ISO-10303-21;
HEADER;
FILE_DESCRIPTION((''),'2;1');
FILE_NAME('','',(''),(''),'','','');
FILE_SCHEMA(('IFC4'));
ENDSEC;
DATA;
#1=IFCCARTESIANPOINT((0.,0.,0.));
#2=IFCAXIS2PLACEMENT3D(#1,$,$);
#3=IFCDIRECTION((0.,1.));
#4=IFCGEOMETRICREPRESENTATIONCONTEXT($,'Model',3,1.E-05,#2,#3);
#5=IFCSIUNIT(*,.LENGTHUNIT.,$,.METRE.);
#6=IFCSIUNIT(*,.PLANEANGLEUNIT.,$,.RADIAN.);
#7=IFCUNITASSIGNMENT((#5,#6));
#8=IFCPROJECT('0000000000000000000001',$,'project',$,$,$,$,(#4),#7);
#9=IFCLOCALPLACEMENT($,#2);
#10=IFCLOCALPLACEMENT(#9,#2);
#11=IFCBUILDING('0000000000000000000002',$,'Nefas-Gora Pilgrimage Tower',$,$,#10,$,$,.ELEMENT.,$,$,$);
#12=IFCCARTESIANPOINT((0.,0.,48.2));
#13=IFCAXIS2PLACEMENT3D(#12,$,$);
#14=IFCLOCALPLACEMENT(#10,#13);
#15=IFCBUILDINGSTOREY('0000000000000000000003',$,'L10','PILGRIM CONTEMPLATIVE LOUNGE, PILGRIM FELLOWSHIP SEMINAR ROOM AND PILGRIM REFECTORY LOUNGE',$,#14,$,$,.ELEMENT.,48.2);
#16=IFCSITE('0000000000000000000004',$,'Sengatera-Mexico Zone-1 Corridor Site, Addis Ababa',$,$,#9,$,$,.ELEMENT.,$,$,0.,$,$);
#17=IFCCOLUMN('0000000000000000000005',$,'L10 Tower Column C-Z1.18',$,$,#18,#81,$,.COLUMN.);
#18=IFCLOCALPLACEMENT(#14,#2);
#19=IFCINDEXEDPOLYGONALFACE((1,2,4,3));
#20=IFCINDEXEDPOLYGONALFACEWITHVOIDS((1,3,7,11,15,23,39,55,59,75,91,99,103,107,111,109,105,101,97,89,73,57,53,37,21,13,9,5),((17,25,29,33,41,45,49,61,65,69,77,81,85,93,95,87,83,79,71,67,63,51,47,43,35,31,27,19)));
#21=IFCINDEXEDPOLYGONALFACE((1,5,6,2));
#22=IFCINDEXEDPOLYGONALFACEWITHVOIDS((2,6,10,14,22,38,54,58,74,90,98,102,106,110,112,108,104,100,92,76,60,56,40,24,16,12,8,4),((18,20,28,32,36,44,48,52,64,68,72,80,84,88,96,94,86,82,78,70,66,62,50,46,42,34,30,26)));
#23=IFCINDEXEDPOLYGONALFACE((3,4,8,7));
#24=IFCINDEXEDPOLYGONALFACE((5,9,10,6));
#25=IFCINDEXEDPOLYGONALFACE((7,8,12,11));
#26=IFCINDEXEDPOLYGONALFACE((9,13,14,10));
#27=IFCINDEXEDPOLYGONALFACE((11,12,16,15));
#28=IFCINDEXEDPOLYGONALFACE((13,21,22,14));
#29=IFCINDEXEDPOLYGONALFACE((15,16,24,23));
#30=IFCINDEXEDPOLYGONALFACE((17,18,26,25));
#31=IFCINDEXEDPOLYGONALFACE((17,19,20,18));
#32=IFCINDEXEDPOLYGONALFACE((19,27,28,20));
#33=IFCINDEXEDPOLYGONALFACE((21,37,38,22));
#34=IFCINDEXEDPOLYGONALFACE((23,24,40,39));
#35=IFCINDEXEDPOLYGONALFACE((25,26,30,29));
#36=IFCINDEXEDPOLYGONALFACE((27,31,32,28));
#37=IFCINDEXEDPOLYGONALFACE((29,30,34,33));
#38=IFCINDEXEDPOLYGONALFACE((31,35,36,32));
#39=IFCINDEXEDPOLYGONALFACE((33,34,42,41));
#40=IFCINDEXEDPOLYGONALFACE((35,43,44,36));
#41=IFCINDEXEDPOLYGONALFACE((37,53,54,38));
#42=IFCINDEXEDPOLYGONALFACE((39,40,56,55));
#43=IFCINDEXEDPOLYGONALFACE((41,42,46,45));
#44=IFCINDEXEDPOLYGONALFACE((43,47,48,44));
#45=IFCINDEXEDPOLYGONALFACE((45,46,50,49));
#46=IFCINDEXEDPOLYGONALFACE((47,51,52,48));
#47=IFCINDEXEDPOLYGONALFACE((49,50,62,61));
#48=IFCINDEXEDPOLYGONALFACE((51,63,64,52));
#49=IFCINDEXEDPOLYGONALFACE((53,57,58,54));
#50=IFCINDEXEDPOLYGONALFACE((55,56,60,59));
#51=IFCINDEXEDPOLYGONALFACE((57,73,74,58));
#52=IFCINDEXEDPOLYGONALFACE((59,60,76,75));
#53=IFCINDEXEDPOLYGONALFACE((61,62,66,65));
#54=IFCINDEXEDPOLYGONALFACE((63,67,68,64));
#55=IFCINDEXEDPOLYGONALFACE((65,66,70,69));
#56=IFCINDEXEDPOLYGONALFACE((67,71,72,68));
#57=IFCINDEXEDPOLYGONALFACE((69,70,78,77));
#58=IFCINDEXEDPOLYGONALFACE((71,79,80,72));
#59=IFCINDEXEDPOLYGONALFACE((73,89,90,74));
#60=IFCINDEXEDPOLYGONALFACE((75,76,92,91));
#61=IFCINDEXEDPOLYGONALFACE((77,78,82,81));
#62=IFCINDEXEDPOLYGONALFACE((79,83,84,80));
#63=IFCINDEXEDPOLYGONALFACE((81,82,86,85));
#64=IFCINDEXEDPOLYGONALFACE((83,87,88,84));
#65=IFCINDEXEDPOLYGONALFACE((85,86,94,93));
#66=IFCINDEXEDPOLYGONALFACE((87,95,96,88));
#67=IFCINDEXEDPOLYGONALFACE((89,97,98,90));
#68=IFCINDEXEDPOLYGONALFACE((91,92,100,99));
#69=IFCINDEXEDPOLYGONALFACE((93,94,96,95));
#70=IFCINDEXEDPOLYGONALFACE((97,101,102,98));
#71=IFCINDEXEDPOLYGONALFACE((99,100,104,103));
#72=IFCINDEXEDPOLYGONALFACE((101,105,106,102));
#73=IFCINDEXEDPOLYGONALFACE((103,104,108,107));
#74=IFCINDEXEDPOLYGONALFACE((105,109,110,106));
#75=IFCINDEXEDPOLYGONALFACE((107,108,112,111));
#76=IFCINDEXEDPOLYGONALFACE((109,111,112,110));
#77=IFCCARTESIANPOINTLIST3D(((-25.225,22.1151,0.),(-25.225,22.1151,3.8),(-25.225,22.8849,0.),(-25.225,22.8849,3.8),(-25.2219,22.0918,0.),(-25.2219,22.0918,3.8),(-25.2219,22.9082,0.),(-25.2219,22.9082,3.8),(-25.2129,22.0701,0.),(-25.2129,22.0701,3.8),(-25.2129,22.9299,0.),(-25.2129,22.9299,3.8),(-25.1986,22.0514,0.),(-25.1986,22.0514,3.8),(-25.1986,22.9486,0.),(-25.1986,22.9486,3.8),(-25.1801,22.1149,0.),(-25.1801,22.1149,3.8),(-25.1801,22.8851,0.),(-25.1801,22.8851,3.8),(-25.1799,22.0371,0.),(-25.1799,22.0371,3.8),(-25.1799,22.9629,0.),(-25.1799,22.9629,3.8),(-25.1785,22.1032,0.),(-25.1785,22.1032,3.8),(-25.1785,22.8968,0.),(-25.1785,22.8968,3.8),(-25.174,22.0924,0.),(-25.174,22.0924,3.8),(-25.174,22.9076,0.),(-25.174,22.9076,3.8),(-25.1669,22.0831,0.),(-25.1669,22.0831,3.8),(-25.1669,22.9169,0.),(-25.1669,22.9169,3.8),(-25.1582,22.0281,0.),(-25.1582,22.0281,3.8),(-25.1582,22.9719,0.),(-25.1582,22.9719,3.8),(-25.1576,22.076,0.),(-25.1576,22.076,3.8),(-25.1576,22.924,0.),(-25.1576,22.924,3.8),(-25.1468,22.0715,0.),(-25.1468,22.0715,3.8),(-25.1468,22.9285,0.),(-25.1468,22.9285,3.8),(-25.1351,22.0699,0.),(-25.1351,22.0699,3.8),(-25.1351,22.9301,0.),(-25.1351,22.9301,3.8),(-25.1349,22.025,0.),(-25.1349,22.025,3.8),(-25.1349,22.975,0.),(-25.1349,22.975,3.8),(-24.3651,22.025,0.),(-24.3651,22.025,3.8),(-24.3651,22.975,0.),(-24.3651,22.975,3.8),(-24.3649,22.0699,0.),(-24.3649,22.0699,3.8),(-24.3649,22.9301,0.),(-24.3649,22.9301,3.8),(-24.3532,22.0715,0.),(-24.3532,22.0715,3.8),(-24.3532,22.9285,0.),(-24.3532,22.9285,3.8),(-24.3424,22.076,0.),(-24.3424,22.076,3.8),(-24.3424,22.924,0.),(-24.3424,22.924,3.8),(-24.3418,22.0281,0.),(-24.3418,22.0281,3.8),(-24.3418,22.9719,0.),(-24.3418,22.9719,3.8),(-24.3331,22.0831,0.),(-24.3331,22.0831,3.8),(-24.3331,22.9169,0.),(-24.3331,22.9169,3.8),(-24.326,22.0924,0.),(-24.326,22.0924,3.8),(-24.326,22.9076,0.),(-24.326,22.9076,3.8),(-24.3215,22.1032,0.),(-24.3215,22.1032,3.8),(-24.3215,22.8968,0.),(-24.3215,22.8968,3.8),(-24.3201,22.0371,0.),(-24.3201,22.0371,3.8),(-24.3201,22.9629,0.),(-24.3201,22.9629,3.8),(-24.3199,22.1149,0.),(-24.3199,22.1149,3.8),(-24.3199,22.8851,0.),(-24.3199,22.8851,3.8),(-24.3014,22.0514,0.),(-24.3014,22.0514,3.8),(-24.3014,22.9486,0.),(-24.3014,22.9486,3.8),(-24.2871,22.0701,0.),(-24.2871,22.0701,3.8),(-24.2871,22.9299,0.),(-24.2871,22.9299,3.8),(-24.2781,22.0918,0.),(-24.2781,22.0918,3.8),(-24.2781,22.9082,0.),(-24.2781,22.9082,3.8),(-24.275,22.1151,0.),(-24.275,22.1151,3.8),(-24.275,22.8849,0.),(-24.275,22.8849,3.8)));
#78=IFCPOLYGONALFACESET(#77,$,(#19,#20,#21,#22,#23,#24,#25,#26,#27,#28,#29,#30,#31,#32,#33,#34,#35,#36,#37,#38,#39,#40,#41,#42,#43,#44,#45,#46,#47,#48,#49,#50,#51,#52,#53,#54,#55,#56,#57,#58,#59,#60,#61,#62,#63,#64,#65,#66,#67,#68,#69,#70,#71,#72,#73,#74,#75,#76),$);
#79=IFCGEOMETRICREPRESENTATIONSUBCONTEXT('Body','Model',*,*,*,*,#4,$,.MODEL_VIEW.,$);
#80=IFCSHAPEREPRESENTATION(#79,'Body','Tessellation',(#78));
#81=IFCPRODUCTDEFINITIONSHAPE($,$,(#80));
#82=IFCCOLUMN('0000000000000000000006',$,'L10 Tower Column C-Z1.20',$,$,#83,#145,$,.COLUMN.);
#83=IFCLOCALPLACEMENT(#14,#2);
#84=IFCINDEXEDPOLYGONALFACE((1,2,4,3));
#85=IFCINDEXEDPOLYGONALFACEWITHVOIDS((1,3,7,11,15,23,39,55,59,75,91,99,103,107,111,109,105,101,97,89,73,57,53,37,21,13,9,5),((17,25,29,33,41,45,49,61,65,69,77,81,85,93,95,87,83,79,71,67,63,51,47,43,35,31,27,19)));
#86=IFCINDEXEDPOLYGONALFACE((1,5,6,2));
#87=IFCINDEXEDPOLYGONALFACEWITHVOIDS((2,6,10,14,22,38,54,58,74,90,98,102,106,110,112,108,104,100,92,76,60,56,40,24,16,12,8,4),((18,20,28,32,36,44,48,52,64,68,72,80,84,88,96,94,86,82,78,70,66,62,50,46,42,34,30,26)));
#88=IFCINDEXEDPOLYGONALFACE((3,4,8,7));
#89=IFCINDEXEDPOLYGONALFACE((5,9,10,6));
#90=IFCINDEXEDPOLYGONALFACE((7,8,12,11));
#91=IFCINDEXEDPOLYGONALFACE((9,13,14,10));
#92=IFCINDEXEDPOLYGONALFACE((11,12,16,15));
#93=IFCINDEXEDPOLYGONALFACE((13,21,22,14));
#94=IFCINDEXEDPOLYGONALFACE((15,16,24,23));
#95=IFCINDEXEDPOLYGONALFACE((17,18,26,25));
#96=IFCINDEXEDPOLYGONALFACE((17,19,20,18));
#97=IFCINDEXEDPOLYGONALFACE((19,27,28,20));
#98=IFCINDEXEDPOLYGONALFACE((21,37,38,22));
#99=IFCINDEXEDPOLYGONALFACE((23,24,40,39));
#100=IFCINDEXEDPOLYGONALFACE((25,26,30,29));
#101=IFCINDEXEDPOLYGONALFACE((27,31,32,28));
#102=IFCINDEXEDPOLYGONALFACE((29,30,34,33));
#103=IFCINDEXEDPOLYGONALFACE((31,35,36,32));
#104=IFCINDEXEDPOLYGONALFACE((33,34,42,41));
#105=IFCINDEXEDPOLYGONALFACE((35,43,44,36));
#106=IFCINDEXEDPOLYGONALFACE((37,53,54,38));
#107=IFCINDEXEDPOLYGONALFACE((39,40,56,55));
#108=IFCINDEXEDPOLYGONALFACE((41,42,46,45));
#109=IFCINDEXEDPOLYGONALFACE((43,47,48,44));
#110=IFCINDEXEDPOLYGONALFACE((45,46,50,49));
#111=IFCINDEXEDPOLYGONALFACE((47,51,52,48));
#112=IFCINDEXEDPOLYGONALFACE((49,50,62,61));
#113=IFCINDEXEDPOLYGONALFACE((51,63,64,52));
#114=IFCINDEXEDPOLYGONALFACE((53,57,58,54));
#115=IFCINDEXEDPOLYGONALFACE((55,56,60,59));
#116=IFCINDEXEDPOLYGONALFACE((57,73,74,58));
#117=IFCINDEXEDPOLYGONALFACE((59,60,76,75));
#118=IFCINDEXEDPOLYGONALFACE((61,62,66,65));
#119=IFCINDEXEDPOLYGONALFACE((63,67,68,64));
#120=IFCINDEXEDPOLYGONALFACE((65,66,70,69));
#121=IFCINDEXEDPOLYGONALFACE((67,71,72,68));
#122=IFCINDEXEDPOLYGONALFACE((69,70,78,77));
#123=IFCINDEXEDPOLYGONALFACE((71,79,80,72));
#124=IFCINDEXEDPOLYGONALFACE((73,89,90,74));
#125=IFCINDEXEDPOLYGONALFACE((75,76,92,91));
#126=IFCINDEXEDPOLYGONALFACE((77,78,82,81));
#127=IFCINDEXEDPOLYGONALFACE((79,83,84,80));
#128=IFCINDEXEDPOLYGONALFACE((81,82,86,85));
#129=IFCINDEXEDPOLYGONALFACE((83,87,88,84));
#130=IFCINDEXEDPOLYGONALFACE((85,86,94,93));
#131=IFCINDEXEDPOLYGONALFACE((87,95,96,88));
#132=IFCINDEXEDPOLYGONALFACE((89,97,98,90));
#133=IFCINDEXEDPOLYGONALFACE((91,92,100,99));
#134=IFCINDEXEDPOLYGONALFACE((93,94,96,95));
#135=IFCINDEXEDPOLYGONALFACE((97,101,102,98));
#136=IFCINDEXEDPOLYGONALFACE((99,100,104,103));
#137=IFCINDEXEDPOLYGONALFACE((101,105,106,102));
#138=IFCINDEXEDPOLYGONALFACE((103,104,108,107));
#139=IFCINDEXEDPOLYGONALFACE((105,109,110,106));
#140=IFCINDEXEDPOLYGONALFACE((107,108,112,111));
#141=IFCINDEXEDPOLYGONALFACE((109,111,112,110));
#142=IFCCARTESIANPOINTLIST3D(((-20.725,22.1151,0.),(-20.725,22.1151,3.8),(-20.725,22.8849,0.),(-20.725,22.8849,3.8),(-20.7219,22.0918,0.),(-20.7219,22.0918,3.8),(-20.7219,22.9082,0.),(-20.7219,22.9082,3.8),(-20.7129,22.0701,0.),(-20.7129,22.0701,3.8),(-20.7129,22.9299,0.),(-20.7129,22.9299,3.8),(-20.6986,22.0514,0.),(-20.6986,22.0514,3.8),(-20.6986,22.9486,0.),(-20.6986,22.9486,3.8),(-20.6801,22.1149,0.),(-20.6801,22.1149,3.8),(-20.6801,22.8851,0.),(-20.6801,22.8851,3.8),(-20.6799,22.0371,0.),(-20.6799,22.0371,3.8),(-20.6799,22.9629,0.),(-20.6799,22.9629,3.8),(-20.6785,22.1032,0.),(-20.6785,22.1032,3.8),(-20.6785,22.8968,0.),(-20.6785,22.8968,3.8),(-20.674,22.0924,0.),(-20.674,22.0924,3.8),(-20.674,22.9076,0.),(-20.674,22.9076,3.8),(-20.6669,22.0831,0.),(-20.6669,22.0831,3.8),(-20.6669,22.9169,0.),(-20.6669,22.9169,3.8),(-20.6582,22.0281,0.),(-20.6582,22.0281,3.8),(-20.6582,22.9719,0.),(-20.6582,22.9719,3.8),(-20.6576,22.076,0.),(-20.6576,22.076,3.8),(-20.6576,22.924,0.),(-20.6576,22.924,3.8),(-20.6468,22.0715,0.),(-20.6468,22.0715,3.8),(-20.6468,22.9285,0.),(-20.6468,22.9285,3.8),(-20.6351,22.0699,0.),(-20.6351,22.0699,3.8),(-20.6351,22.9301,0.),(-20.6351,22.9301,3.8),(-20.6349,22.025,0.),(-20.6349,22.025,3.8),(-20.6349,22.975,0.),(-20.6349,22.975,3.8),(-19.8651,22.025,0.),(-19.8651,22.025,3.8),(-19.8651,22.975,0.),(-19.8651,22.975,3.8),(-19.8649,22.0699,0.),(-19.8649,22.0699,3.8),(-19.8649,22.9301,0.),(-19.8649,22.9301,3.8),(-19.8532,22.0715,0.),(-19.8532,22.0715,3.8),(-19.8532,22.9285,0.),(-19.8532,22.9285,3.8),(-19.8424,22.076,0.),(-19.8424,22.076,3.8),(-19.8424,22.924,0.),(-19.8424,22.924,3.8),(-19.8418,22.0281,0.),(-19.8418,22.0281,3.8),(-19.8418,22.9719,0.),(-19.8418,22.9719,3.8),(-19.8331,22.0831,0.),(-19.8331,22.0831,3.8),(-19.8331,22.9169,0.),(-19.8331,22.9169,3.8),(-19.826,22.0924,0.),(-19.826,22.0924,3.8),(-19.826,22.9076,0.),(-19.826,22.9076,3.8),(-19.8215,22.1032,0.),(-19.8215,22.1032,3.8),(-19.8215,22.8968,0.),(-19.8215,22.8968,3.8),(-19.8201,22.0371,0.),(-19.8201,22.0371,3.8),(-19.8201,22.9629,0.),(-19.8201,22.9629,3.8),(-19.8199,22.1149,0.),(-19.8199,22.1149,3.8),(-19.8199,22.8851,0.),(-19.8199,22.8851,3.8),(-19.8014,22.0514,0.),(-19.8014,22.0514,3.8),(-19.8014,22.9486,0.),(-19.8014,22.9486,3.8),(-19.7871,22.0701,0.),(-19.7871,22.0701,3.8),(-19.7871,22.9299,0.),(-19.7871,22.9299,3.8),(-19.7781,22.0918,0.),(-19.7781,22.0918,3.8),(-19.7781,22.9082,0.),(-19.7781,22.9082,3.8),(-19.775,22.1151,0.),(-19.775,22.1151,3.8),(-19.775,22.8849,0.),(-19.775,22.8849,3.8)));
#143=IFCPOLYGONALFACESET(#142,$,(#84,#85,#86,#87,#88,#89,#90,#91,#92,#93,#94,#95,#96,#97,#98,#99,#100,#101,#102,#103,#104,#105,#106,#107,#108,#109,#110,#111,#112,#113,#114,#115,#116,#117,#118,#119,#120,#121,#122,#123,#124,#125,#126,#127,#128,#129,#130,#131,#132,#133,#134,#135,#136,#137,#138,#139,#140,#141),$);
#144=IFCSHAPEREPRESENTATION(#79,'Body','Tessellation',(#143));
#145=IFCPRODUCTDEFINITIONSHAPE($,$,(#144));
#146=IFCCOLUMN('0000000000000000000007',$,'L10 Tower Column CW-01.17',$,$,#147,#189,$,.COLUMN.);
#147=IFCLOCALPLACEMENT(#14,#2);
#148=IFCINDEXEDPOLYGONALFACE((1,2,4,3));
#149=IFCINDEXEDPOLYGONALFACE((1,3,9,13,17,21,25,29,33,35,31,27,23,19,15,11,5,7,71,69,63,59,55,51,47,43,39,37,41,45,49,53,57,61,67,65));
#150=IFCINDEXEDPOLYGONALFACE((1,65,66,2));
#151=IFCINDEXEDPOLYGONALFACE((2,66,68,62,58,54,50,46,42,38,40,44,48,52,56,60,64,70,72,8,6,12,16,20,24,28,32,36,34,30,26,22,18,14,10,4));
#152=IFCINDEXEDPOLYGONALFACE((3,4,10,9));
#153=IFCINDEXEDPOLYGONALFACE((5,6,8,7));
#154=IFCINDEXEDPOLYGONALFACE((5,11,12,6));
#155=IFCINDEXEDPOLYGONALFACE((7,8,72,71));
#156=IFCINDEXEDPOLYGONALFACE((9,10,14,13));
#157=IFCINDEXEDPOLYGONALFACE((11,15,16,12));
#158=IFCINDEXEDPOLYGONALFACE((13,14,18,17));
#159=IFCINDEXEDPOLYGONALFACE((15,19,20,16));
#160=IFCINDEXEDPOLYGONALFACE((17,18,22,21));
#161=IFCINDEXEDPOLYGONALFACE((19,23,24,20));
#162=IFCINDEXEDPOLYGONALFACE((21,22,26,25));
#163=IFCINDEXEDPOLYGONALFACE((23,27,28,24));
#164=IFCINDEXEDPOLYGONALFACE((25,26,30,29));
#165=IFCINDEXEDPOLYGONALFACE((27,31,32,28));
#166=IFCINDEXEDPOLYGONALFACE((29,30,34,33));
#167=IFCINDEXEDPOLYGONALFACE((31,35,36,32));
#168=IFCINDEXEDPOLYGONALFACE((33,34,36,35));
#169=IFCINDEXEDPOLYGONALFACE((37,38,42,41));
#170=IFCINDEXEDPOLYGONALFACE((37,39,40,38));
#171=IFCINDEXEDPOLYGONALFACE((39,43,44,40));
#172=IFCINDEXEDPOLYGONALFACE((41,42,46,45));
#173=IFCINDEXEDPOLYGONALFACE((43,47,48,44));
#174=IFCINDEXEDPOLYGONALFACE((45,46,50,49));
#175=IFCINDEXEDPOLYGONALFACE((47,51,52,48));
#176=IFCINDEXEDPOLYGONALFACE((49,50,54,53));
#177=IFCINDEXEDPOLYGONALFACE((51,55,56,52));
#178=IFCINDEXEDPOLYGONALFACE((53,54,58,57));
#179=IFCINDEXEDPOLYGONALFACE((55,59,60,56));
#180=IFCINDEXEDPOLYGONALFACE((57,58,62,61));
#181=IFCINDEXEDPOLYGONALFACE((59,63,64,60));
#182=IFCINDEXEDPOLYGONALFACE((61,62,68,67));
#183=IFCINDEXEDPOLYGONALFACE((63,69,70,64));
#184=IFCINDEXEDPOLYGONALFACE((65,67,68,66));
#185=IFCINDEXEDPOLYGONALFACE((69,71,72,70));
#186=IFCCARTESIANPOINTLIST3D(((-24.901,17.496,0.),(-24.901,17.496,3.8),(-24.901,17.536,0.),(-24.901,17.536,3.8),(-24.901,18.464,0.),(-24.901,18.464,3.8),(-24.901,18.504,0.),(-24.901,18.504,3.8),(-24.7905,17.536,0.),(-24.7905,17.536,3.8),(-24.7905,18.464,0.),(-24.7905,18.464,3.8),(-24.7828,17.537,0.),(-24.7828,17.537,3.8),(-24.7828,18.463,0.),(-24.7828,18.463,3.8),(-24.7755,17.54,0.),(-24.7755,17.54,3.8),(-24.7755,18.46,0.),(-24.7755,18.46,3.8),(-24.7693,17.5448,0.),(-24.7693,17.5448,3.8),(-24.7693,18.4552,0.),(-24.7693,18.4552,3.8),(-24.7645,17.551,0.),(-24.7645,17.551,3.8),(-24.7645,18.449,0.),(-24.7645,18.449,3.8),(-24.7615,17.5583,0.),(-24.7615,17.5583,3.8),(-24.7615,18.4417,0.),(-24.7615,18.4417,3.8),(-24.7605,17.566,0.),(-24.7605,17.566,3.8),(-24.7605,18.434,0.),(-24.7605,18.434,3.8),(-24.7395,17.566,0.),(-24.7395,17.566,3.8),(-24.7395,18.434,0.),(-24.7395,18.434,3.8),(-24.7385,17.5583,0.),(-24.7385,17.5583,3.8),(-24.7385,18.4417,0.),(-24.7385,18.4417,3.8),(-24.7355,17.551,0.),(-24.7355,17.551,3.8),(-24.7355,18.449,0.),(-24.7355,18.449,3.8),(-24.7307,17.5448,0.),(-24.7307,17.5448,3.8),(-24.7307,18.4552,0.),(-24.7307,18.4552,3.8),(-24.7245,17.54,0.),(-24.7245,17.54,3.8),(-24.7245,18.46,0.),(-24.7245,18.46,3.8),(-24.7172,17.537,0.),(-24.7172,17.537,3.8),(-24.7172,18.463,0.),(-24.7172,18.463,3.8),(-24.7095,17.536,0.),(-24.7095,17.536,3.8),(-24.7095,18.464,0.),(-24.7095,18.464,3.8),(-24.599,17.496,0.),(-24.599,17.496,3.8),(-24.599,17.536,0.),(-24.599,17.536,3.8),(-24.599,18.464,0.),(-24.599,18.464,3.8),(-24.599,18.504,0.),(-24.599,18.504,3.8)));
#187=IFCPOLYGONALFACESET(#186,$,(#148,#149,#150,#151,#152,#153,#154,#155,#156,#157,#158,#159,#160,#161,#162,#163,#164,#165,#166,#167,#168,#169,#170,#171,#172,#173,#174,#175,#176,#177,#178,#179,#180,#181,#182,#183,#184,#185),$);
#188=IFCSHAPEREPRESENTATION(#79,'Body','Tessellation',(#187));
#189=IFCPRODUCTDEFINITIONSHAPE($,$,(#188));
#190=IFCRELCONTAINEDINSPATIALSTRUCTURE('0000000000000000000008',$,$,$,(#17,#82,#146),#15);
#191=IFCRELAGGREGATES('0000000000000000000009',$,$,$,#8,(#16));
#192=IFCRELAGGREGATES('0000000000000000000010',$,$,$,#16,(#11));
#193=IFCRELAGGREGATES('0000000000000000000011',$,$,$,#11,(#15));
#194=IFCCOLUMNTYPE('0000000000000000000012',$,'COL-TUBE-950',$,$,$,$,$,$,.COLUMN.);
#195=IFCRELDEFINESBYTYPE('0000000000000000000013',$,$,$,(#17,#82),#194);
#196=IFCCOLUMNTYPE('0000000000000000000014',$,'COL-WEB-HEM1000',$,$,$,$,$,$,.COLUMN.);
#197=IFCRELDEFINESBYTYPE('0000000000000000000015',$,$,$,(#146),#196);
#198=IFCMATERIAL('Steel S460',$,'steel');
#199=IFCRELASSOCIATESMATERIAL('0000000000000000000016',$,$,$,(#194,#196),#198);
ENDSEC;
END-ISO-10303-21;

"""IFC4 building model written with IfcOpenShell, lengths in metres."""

from ifc_helpers import new_model, si_unit, direction, frame, origin, origin_2d, place, context, subcontext, project, spatial, hollow_rectangle, i_section, extrude, source, transform, mapped, material, material_profile, profile_set, type_object, element, save


model = new_model("IFC4")

# Units and contexts
model_context = context("Model", 3, precision=1e-05, world=origin(), true_north=direction((0.0, 1.0)))
body_context = subcontext(model_context, "Body", "Model", "MODEL_VIEW")
ifc_project = project(units=[si_unit("LENGTHUNIT", "METRE"), si_unit("PLANEANGLEUNIT", "RADIAN")], contexts=[model_context])

# Site, building, storey
site_placement = place(None, origin())
site = spatial("IfcSite", under=ifc_project, at=site_placement, Name="Sengatera-Mexico Zone-1 Corridor Site, Addis Ababa", CompositionType="ELEMENT", RefElevation=0.0)
building_placement = place(site_placement, origin())
building = spatial("IfcBuilding", under=site, at=building_placement, Name="Nefas-Gora Pilgrimage Tower", CompositionType="ELEMENT")
storey_placement = place(building_placement, frame((0.0, 0.0, 48.2)))
storey = spatial("IfcBuildingStorey", under=building, at=storey_placement, Name="L10", Description="PILGRIM CONTEMPLATIVE LOUNGE, PILGRIM FELLOWSHIP SEMINAR ROOM AND PILGRIM REFECTORY LOUNGE", CompositionType="ELEMENT", Elevation=48.2)

# Columns
ifc_material_1 = material(Name="Steel S460", Category="steel")
ifc_material_profile_1 = material_profile(ifc_material_1, hollow_rectangle(XDim=0.95, YDim=0.95, WallThickness=0.0449, InnerFilletRadius=0.0449, OuterFilletRadius=0.0901, at=origin_2d()), Name="BOX 950x950x45")
ifc_profile_set_1 = profile_set([ifc_material_profile_1], Name="Steel S460")
column_type_1 = type_object("IfcColumnType", Name="COL-TUBE-950", PredefinedType="COLUMN", material=ifc_profile_set_1)
shared_shape_1 = source(origin(), body_context, "Body", "SweptSolid", [
    extrude(hollow_rectangle(XDim=0.95, YDim=0.95, WallThickness=0.0449, InnerFilletRadius=0.0449, OuterFilletRadius=0.0901, at=origin_2d()), origin(), (0.0, 0.0, 1.0), 3.8),
])
for number, where, z_axis, x_axis, name in (
    (1, (-24.75, 22.5, 0.0), (0.0, 0.0, 1.0), (1.0, 0.0, 0.0), "L10 Tower Column C-Z1.18"),
    (2, (-20.25, 22.5, 0.0), (0.0, 0.0, 1.0), (1.0, 0.0, 0.0), "L10 Tower Column C-Z1.20"),
):
    element("IfcColumn", number, at=place(storey_placement, frame(where, z_axis=z_axis, x_axis=x_axis)), inside=storey, type_object=column_type_1, Name=name, PredefinedType="COLUMN", context=body_context, shape_type="MappedRepresentation", body=[
        mapped(shared_shape_1, transform((0.0, 0.0, 0.0), x_axis=(1.0, 0.0, 0.0), y_axis=(0.0, 1.0, 0.0), z_axis=(0.0, 0.0, 1.0), scale=1.0)),
    ])
ifc_material_profile_2 = material_profile(ifc_material_1, i_section(OverallWidth=0.302, OverallDepth=1.0081, WebThickness=0.021, FlangeThickness=0.04, FilletRadius=0.03, at=origin_2d()), Name="HEM 1000")
ifc_profile_set_2 = profile_set([ifc_material_profile_2], Name="Steel S460")
column_type_2 = type_object("IfcColumnType", Name="COL-WEB-HEM1000", PredefinedType="COLUMN", material=ifc_profile_set_2)
shared_shape_2 = source(origin(), body_context, "Body", "SweptSolid", [
    extrude(i_section(OverallWidth=0.302, OverallDepth=1.0081, WebThickness=0.021, FlangeThickness=0.04, FilletRadius=0.03, at=origin_2d()), origin(), (0.0, 0.0, 1.0), 3.8),
])
for number, where, z_axis, x_axis, name in (
    (3, (-24.75, 18.0, 0.0), (0.0, 0.0, 1.0), (1.0, 0.0, 0.0), "L10 Tower Column CW-01.17"),
):
    element("IfcColumn", number, at=place(storey_placement, frame(where, z_axis=z_axis, x_axis=x_axis)), inside=storey, type_object=column_type_2, Name=name, PredefinedType="COLUMN", context=body_context, shape_type="MappedRepresentation", body=[
        mapped(shared_shape_2, transform((0.0, 0.0, 0.0), x_axis=(1.0, 0.0, 0.0), y_axis=(0.0, 1.0, 0.0), z_axis=(0.0, 0.0, 1.0), scale=1.0)),
    ])

save(model, "model.ifc")
